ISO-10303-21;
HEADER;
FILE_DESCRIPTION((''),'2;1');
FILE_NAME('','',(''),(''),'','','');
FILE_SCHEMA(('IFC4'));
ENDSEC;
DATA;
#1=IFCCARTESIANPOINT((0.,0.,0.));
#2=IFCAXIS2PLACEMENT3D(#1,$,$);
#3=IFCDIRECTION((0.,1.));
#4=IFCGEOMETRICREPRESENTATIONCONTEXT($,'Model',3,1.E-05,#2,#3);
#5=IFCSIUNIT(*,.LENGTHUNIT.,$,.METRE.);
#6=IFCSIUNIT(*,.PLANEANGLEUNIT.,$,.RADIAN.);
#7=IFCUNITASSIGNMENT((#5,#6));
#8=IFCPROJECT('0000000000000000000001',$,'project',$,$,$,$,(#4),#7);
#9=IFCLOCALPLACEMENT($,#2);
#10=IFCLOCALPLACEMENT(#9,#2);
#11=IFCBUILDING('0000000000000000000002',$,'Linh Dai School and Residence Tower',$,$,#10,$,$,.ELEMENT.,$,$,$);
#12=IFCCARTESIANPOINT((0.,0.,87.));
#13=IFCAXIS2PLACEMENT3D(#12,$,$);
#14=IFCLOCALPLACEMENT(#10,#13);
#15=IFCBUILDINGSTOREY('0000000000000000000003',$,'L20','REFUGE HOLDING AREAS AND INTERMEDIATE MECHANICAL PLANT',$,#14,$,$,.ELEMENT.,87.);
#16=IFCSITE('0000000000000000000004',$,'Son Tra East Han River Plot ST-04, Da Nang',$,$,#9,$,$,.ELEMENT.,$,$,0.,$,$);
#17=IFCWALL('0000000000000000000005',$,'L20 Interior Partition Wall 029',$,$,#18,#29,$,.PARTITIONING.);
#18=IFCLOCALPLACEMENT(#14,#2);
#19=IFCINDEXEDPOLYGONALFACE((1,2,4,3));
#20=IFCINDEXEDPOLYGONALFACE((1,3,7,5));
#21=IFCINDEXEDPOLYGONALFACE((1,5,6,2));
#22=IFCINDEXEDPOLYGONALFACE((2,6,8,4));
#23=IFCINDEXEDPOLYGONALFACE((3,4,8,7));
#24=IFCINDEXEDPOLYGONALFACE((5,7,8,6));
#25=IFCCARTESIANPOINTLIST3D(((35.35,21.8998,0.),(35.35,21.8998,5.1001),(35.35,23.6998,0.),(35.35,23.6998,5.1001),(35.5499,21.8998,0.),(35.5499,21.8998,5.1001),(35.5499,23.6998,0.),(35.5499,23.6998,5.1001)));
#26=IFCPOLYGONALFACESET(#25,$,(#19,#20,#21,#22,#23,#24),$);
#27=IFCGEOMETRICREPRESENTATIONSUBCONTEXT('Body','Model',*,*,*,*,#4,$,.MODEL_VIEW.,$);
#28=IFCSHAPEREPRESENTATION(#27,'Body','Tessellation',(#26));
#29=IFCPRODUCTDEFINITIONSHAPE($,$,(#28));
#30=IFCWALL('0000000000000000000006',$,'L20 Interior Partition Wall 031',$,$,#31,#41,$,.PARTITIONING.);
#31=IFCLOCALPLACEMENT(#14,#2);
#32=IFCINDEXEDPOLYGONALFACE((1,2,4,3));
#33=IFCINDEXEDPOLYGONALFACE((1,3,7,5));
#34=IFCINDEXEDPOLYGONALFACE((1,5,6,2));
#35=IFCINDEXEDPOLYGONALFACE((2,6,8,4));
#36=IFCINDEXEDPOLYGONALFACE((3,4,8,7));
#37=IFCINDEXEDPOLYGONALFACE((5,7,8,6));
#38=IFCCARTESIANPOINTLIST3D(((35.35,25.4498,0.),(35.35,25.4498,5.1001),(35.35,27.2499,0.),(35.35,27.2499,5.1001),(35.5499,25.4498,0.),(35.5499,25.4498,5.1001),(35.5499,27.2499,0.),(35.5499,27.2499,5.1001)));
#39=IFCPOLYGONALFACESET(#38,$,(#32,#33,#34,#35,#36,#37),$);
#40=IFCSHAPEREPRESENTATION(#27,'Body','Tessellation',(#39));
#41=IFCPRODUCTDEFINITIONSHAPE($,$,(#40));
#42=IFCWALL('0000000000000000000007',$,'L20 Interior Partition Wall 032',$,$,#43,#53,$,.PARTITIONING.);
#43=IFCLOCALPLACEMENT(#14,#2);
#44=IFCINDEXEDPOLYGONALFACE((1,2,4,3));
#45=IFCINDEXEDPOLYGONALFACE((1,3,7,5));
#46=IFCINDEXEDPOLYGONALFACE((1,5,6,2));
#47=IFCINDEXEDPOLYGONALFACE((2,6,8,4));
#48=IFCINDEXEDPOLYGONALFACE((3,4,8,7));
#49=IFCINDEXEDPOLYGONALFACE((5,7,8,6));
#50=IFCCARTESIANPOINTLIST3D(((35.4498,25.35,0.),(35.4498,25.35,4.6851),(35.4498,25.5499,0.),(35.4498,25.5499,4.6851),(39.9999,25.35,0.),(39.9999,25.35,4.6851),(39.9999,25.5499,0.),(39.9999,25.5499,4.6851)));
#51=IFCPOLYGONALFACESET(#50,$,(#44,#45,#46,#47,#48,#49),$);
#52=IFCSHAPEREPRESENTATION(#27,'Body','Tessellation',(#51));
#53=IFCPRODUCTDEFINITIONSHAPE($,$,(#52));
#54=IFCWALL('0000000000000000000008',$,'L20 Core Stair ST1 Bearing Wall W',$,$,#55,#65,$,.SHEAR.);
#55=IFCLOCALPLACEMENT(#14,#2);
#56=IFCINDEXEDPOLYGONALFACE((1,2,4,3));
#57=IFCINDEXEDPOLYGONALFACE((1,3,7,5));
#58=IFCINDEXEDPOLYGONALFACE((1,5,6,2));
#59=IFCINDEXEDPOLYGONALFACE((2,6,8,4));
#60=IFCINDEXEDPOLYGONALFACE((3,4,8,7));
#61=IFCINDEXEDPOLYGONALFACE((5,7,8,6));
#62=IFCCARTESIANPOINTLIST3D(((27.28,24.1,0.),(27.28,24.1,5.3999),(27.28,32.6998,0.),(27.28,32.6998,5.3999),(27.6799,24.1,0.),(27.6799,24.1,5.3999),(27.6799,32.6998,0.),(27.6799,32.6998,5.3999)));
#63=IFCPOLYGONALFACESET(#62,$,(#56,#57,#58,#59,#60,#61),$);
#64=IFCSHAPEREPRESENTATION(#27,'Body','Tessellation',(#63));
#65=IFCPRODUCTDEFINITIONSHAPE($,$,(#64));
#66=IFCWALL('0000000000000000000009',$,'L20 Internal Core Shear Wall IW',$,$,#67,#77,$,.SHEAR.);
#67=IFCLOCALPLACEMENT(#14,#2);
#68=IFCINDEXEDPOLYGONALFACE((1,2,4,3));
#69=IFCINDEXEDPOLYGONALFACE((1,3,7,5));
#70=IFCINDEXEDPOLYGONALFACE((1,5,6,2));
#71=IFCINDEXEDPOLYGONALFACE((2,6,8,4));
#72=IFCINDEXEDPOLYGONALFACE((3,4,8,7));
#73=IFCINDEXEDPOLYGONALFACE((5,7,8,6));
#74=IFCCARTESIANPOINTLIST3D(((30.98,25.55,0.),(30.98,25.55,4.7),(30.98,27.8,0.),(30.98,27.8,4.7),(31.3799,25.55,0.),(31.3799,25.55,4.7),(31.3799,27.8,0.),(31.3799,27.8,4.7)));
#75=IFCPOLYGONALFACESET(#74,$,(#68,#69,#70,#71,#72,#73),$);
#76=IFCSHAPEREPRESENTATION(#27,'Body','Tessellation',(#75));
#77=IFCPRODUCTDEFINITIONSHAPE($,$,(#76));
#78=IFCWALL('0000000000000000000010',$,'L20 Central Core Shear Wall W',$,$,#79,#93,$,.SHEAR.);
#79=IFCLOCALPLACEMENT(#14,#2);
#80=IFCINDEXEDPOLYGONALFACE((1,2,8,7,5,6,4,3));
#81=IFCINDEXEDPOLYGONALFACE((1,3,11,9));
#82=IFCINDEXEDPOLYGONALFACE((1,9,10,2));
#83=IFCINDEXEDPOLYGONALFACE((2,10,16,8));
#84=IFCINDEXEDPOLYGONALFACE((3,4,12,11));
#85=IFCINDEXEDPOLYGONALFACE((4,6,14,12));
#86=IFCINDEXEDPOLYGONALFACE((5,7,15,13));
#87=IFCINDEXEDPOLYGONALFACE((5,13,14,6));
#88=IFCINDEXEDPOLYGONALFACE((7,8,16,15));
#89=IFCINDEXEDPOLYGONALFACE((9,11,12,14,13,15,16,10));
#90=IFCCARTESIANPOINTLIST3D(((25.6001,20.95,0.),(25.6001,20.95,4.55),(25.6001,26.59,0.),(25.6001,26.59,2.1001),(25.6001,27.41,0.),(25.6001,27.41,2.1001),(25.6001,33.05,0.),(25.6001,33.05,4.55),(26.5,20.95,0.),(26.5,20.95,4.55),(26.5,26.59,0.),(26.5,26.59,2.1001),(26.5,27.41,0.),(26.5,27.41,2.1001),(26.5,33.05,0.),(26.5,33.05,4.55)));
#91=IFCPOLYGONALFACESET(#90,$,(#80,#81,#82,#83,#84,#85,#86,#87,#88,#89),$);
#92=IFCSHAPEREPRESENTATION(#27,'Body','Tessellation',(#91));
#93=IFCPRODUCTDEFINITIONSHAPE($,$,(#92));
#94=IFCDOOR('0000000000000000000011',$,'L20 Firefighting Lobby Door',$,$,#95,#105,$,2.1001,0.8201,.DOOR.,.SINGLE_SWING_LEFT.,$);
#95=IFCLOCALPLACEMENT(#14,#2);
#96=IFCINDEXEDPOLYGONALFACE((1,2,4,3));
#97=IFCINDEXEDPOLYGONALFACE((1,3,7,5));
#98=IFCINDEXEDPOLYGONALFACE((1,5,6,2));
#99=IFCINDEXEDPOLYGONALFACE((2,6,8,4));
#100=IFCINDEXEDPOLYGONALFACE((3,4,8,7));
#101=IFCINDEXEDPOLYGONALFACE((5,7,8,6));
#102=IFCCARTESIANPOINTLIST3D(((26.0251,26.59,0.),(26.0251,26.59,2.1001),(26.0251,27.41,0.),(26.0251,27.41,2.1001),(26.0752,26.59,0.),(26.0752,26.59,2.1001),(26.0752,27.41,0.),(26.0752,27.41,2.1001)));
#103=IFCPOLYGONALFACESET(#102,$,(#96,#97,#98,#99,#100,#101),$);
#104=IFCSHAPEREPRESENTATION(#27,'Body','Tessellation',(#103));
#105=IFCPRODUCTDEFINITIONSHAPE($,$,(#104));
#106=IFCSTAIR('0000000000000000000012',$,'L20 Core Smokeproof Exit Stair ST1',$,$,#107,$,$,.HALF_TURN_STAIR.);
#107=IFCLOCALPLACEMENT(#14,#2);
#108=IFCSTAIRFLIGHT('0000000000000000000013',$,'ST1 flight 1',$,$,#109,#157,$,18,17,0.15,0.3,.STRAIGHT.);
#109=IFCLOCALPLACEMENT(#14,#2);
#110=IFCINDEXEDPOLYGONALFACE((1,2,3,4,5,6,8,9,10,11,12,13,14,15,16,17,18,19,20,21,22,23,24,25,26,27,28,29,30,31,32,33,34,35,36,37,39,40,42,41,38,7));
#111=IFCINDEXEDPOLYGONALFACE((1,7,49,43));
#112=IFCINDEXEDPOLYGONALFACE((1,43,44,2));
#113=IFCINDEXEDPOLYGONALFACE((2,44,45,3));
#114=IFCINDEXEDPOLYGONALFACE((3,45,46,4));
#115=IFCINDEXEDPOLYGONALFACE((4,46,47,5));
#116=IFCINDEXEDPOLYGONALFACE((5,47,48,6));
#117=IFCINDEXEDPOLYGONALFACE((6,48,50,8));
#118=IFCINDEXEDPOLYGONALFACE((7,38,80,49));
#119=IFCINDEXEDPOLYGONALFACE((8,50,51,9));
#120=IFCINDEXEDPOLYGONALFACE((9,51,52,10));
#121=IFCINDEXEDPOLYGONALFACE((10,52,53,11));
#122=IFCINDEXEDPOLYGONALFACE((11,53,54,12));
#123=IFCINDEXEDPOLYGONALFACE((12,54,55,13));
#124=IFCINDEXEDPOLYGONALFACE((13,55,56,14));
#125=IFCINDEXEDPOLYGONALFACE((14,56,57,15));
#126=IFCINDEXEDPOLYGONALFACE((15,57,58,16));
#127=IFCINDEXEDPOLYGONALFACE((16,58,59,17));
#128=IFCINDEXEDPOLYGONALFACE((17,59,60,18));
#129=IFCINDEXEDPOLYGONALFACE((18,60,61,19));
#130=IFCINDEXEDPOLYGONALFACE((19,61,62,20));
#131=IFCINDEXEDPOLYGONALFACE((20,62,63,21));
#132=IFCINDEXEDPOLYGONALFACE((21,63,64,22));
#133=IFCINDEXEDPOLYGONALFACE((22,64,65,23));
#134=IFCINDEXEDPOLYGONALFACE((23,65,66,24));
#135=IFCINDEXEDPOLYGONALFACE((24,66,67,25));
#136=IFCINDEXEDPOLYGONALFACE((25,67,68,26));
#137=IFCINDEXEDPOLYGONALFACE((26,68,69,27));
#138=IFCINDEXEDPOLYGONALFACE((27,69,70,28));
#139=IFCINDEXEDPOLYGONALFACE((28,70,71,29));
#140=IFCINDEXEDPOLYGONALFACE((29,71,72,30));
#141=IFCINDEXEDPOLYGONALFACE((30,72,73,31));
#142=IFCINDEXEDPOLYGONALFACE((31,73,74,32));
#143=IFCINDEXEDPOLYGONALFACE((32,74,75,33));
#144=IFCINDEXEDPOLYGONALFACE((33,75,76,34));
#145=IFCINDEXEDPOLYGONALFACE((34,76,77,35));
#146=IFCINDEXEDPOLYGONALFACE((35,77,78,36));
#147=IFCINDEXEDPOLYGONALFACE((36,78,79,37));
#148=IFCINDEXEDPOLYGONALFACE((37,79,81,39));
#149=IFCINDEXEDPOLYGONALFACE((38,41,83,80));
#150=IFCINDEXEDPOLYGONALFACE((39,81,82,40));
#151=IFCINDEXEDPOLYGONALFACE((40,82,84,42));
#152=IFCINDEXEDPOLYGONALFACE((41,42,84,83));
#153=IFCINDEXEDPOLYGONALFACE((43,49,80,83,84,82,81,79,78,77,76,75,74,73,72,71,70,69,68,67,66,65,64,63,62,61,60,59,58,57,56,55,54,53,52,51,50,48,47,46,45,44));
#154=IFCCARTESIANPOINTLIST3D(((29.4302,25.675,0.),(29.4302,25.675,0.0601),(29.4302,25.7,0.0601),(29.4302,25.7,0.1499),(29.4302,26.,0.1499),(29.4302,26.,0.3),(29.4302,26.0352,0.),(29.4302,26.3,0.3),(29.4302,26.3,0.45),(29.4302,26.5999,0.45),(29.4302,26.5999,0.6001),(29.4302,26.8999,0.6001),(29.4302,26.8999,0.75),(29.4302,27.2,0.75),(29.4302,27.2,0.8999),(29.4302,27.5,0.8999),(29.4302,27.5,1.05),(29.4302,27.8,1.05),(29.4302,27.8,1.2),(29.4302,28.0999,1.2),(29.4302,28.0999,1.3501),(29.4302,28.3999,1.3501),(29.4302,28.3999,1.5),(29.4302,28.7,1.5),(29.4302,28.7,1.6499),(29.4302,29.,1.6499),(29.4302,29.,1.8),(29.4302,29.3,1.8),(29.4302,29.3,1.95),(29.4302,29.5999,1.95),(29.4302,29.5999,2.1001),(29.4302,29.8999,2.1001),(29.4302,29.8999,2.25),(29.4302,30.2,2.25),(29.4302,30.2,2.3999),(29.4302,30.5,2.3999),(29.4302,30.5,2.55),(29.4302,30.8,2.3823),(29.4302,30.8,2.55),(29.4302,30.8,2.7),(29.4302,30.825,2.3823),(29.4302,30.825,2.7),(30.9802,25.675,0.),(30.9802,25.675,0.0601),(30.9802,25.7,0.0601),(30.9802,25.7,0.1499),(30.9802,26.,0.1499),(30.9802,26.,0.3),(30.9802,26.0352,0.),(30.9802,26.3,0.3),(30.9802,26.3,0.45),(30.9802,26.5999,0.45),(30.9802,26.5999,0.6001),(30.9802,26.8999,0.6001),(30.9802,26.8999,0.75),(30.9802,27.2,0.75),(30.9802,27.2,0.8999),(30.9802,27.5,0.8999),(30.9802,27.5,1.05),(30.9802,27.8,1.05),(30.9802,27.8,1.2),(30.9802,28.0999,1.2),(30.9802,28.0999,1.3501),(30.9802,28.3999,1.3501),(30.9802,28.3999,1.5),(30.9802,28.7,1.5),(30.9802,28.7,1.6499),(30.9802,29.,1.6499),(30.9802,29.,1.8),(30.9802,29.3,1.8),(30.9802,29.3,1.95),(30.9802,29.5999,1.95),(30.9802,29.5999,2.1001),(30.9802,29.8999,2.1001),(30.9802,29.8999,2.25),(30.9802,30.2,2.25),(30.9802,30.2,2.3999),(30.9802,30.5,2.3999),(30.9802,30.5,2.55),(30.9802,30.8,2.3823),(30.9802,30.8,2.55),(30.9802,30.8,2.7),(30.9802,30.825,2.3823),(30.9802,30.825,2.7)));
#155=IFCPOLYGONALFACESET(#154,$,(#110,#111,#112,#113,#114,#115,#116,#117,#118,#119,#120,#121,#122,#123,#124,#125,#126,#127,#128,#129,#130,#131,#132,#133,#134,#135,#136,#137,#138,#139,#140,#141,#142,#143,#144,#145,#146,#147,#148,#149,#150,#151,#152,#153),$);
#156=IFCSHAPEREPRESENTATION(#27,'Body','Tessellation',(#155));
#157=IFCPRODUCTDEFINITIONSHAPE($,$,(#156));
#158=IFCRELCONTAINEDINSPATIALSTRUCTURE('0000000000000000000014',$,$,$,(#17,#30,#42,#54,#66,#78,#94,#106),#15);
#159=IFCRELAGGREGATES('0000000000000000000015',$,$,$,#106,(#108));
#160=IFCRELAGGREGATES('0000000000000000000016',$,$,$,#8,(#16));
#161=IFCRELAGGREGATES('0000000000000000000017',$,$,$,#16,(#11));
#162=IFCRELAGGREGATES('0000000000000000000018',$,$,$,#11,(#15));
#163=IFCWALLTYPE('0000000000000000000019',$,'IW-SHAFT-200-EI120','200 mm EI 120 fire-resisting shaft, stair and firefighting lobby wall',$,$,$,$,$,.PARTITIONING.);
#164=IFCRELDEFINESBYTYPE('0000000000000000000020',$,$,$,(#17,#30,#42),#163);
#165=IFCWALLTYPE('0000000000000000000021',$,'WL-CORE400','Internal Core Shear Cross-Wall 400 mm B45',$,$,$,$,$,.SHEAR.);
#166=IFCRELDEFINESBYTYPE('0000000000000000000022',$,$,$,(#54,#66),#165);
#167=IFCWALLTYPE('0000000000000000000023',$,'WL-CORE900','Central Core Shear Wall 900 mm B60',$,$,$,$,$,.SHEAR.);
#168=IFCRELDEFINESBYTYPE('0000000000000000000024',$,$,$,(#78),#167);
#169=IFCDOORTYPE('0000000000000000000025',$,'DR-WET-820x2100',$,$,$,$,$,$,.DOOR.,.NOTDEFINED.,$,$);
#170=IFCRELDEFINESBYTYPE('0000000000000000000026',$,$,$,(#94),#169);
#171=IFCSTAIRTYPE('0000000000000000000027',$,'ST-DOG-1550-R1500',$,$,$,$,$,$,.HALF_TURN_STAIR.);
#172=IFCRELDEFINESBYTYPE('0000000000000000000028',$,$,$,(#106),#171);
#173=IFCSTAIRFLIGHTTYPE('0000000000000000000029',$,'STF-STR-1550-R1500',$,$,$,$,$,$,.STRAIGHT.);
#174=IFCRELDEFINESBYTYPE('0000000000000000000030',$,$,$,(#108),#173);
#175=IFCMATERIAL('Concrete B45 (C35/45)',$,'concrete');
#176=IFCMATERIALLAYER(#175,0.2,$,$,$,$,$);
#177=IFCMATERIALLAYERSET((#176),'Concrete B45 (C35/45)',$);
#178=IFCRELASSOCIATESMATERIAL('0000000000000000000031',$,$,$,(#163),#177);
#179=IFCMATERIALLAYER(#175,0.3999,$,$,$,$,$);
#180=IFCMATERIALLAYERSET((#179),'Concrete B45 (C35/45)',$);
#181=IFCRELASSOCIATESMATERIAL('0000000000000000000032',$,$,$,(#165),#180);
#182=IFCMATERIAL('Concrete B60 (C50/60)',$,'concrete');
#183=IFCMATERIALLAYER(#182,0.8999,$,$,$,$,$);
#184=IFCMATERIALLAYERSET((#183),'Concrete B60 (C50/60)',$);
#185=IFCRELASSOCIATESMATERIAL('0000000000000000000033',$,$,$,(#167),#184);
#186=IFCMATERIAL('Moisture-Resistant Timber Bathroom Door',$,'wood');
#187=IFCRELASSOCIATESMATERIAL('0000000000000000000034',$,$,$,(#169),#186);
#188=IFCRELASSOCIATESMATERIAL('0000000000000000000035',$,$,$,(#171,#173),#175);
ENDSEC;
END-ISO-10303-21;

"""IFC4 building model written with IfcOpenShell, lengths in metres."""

from ifc_helpers import new_model, si_unit, direction, frame, frame_2d, origin, origin_2d, place, context, subcontext, project, spatial, polyline, rectangle, outline, extrude, source, transform, mapped, material, layer, layer_set, type_object, element, fill, aggregate, save


model = new_model("IFC4")

# Units and contexts
model_context = context("Model", 3, precision=1e-05, world=origin(), true_north=direction((0.0, 1.0)))
body_context = subcontext(model_context, "Body", "Model", "MODEL_VIEW")
ifc_project = project(units=[si_unit("LENGTHUNIT", "METRE"), si_unit("PLANEANGLEUNIT", "RADIAN")], contexts=[model_context])

# Site, building, storey
site_placement = place(None, origin())
site = spatial("IfcSite", under=ifc_project, at=site_placement, Name="Son Tra East Han River Plot ST-04, Da Nang", CompositionType="ELEMENT", RefElevation=0.0)
building_placement = place(site_placement, origin())
building = spatial("IfcBuilding", under=site, at=building_placement, Name="Linh Dai School and Residence Tower", CompositionType="ELEMENT")
storey_placement = place(building_placement, frame((0.0, 0.0, 87.0)))
storey = spatial("IfcBuildingStorey", under=building, at=storey_placement, Name="L20", Description="REFUGE HOLDING AREAS AND INTERMEDIATE MECHANICAL PLANT", CompositionType="ELEMENT", Elevation=87.0)

# Shared definitions
ifc_material_1 = material(Name="Concrete B45 (C35/45)", Category="concrete")
ifc_layer_1 = layer(ifc_material_1, 0.2)
ifc_layer_set_1 = layer_set([ifc_layer_1], Name="Concrete B45 (C35/45)")
wall_type_1 = type_object("IfcWallType", Name="IW-SHAFT-200-EI120", Description="200 mm EI 120 fire-resisting shaft, stair and firefighting lobby wall", PredefinedType="PARTITIONING", material=ifc_layer_set_1)

# Wall
wall_1_placement = place(storey_placement, frame((35.45, 21.8999, 0.0), z_axis=(0.0, 0.0, 1.0), x_axis=(0.0, 1.0, 0.0)))
element("IfcWall", 1, at=wall_1_placement, inside=storey, type_object=wall_type_1, Name="L20 Interior Partition Wall 029", PredefinedType="PARTITIONING", context=body_context, shape_type="SweptSolid", body=[
    extrude(rectangle(XDim=1.8, YDim=0.2, at=frame_2d((0.8999, 0.0))), origin(), (0.0, 0.0, 1.0), 5.1001),
])

# Walls
wall_2_placement = place(storey_placement, frame((35.45, 25.45, 0.0), z_axis=(0.0, 0.0, 1.0), x_axis=(0.0, 1.0, 0.0)))
element("IfcWall", 2, at=wall_2_placement, inside=storey, type_object=wall_type_1, Name="L20 Interior Partition Wall 031", PredefinedType="PARTITIONING", context=body_context, shape_type="SweptSolid", body=[
    extrude(rectangle(XDim=1.8, YDim=0.2, at=frame_2d((0.8999, 0.0))), origin(), (0.0, 0.0, 1.0), 5.1001),
])
wall_3_placement = place(storey_placement, frame((35.45, 25.45, 0.0), z_axis=(0.0, 0.0, 1.0), x_axis=(1.0, 0.0, 0.0)))
element("IfcWall", 3, at=wall_3_placement, inside=storey, type_object=wall_type_1, Name="L20 Interior Partition Wall 032", PredefinedType="PARTITIONING", context=body_context, shape_type="SweptSolid", body=[
    extrude(rectangle(XDim=4.55, YDim=0.2, at=frame_2d((2.2749, 0.0))), origin(), (0.0, 0.0, 1.0), 4.6851),
])
ifc_layer_2 = layer(ifc_material_1, 0.3999)
ifc_layer_set_2 = layer_set([ifc_layer_2], Name="Concrete B45 (C35/45)")
wall_type_2 = type_object("IfcWallType", Name="WL-CORE400", Description="Internal Core Shear Cross-Wall 400 mm B45", PredefinedType="SHEAR", material=ifc_layer_set_2)
wall_4_placement = place(storey_placement, frame((27.48, 24.1001, 0.0), z_axis=(0.0, 0.0, 1.0), x_axis=(0.0, 1.0, 0.0)))
element("IfcWall", 4, at=wall_4_placement, inside=storey, type_object=wall_type_2, Name="L20 Core Stair ST1 Bearing Wall W", PredefinedType="SHEAR", context=body_context, shape_type="SweptSolid", body=[
    extrude(rectangle(XDim=8.5999, YDim=0.3999, at=frame_2d((4.2998, 0.0))), origin(), (0.0, 0.0, 1.0), 5.3999),
])
wall_5_placement = place(storey_placement, frame((31.1799, 25.55, 0.0), z_axis=(0.0, 0.0, 1.0), x_axis=(0.0, 1.0, 0.0)))
element("IfcWall", 5, at=wall_5_placement, inside=storey, type_object=wall_type_2, Name="L20 Internal Core Shear Wall IW", PredefinedType="SHEAR", context=body_context, shape_type="SweptSolid", body=[
    extrude(rectangle(XDim=2.25, YDim=0.3999, at=frame_2d((1.125, 0.0))), origin(), (0.0, 0.0, 1.0), 4.7),
])

# Wall, opening, door
ifc_material_2 = material(Name="Concrete B60 (C50/60)", Category="concrete")
ifc_layer_3 = layer(ifc_material_2, 0.8999)
ifc_layer_set_3 = layer_set([ifc_layer_3], Name="Concrete B60 (C50/60)")
wall_type_3 = type_object("IfcWallType", Name="WL-CORE900", Description="Central Core Shear Wall 900 mm B60", PredefinedType="SHEAR", material=ifc_layer_set_3)
wall_6_placement = place(storey_placement, frame((26.05, 20.95, 0.0), z_axis=(0.0, 0.0, 1.0), x_axis=(0.0, 1.0, 0.0)))
wall_6 = element("IfcWall", 6, at=wall_6_placement, inside=storey, type_object=wall_type_3, Name="L20 Central Core Shear Wall W", PredefinedType="SHEAR", context=body_context, shape_type="SweptSolid", body=[
    extrude(rectangle(XDim=12.1001, YDim=0.8999, at=frame_2d((6.05, 0.0))), origin(), (0.0, 0.0, 1.0), 4.55),
])
opening_1_placement = place(wall_6_placement, frame((5.6399, 0.0, 0.0)))
opening_1 = element("IfcOpeningElement", 7, at=opening_1_placement, cuts=wall_6, PredefinedType="OPENING", context=body_context, shape_type="SweptSolid", body=[
    extrude(rectangle(XDim=0.8201, YDim=2.1001, at=origin_2d()), frame((0.4102, 0.46, 1.05), z_axis=(0.0, -1.0, 0.0), x_axis=(1.0, 0.0, 0.0)), (0.0, 0.0, 1.0), 0.9199),
])
ifc_material_3 = material(Name="Moisture-Resistant Timber Bathroom Door", Category="wood")
door_type_1 = type_object("IfcDoorType", Name="DR-WET-820x2100", OperationType="NOTDEFINED", PredefinedType="DOOR", material=ifc_material_3)
shared_shape_1 = source(origin(), body_context, "Body", "SweptSolid", [
    extrude(rectangle(XDim=0.8201, YDim=2.1001, at=origin_2d()), frame((0.4102, 0.0249, 1.05), z_axis=(0.0, -1.0, 0.0), x_axis=(1.0, 0.0, 0.0)), (0.0, 0.0, 1.0), 0.05),
])
door_1_placement = place(opening_1_placement, origin())
door_1 = element("IfcDoor", 8, at=door_1_placement, inside=storey, type_object=door_type_1, Name="L20 Firefighting Lobby Door", OperationType="SINGLE_SWING_LEFT", OverallHeight=2.1001, OverallWidth=0.8201, PredefinedType="DOOR", context=body_context, shape_type="MappedRepresentation", body=[
    mapped(shared_shape_1, transform((0.0, 0.0, 0.0), x_axis=(1.0, 0.0, 0.0), y_axis=(0.0, 1.0, 0.0), z_axis=(0.0, 0.0, 1.0), scale=1.0)),
])
fill(opening_1, door_1)

# Stair, stair flight
stair_type = type_object("IfcStairType", Name="ST-DOG-1550-R1500", PredefinedType="HALF_TURN_STAIR", material=ifc_material_1)
stair_placement = place(storey_placement, origin())
stair = element("IfcStair", 9, at=stair_placement, inside=storey, type_object=stair_type, Name="L20 Core Smokeproof Exit Stair ST1", PredefinedType="HALF_TURN_STAIR")
stair_flight_type = type_object("IfcStairFlightType", Name="STF-STR-1550-R1500", PredefinedType="STRAIGHT", material=ifc_material_1)
shared_shape_2 = source(origin(), body_context, "Body", "SweptSolid", [
    extrude(outline(polyline([(-0.0249, 0.0), (-0.0249, 0.0601), (0.0, 0.0601), (0.0, 0.1499), (0.3, 0.1499), (0.3, 0.3), (0.6001, 0.3), (0.6001, 0.45), (0.8999, 0.45), (0.8999, 0.6001), (1.2, 0.6001), (1.2, 0.75), (1.5, 0.75), (1.5, 0.8999), (1.8, 0.8999), (1.8, 1.05), (2.1001, 1.05), (2.1001, 1.2), (2.3999, 1.2), (2.3999, 1.3501), (2.7, 1.3501), (2.7, 1.5), (3.0, 1.5), (3.0, 1.6499), (3.3, 1.6499), (3.3, 1.8), (3.6001, 1.8), (3.6001, 1.95), (3.8999, 1.95), (3.8999, 2.1001), (4.2, 2.1001), (4.2, 2.25), (4.5, 2.25), (4.5, 2.3999), (4.8, 2.3999), (4.8, 2.55), (5.1001, 2.55), (5.1001, 2.7), (5.125, 2.7), (5.125, 2.3823), (5.1001, 2.3823), (0.3352, 0.0), (-0.0249, 0.0)])), frame((0.0, 0.7749, 0.0), z_axis=(0.0, -1.0, 0.0), x_axis=(1.0, 0.0, 0.0)), (0.0, 0.0, 1.0), 1.55),
])
stair_flight_placement = place(storey_placement, frame((30.2051, 25.7, 0.0), z_axis=(0.0, 0.0, 1.0), x_axis=(0.0, 1.0, 0.0)))
stair_flight = element("IfcStairFlight", 10, at=stair_flight_placement, type_object=stair_flight_type, Name="ST1 flight 1", NumberOfRisers=18, NumberOfTreads=17, PredefinedType="STRAIGHT", RiserHeight=0.15, TreadLength=0.3, context=body_context, shape_type="MappedRepresentation", body=[
    mapped(shared_shape_2, transform((0.0, 0.0, 0.0), x_axis=(1.0, 0.0, 0.0), y_axis=(0.0, 1.0, 0.0), z_axis=(0.0, 0.0, 1.0), scale=1.0)),
])
aggregate(stair, [stair_flight])

save(model, "model.ifc")
